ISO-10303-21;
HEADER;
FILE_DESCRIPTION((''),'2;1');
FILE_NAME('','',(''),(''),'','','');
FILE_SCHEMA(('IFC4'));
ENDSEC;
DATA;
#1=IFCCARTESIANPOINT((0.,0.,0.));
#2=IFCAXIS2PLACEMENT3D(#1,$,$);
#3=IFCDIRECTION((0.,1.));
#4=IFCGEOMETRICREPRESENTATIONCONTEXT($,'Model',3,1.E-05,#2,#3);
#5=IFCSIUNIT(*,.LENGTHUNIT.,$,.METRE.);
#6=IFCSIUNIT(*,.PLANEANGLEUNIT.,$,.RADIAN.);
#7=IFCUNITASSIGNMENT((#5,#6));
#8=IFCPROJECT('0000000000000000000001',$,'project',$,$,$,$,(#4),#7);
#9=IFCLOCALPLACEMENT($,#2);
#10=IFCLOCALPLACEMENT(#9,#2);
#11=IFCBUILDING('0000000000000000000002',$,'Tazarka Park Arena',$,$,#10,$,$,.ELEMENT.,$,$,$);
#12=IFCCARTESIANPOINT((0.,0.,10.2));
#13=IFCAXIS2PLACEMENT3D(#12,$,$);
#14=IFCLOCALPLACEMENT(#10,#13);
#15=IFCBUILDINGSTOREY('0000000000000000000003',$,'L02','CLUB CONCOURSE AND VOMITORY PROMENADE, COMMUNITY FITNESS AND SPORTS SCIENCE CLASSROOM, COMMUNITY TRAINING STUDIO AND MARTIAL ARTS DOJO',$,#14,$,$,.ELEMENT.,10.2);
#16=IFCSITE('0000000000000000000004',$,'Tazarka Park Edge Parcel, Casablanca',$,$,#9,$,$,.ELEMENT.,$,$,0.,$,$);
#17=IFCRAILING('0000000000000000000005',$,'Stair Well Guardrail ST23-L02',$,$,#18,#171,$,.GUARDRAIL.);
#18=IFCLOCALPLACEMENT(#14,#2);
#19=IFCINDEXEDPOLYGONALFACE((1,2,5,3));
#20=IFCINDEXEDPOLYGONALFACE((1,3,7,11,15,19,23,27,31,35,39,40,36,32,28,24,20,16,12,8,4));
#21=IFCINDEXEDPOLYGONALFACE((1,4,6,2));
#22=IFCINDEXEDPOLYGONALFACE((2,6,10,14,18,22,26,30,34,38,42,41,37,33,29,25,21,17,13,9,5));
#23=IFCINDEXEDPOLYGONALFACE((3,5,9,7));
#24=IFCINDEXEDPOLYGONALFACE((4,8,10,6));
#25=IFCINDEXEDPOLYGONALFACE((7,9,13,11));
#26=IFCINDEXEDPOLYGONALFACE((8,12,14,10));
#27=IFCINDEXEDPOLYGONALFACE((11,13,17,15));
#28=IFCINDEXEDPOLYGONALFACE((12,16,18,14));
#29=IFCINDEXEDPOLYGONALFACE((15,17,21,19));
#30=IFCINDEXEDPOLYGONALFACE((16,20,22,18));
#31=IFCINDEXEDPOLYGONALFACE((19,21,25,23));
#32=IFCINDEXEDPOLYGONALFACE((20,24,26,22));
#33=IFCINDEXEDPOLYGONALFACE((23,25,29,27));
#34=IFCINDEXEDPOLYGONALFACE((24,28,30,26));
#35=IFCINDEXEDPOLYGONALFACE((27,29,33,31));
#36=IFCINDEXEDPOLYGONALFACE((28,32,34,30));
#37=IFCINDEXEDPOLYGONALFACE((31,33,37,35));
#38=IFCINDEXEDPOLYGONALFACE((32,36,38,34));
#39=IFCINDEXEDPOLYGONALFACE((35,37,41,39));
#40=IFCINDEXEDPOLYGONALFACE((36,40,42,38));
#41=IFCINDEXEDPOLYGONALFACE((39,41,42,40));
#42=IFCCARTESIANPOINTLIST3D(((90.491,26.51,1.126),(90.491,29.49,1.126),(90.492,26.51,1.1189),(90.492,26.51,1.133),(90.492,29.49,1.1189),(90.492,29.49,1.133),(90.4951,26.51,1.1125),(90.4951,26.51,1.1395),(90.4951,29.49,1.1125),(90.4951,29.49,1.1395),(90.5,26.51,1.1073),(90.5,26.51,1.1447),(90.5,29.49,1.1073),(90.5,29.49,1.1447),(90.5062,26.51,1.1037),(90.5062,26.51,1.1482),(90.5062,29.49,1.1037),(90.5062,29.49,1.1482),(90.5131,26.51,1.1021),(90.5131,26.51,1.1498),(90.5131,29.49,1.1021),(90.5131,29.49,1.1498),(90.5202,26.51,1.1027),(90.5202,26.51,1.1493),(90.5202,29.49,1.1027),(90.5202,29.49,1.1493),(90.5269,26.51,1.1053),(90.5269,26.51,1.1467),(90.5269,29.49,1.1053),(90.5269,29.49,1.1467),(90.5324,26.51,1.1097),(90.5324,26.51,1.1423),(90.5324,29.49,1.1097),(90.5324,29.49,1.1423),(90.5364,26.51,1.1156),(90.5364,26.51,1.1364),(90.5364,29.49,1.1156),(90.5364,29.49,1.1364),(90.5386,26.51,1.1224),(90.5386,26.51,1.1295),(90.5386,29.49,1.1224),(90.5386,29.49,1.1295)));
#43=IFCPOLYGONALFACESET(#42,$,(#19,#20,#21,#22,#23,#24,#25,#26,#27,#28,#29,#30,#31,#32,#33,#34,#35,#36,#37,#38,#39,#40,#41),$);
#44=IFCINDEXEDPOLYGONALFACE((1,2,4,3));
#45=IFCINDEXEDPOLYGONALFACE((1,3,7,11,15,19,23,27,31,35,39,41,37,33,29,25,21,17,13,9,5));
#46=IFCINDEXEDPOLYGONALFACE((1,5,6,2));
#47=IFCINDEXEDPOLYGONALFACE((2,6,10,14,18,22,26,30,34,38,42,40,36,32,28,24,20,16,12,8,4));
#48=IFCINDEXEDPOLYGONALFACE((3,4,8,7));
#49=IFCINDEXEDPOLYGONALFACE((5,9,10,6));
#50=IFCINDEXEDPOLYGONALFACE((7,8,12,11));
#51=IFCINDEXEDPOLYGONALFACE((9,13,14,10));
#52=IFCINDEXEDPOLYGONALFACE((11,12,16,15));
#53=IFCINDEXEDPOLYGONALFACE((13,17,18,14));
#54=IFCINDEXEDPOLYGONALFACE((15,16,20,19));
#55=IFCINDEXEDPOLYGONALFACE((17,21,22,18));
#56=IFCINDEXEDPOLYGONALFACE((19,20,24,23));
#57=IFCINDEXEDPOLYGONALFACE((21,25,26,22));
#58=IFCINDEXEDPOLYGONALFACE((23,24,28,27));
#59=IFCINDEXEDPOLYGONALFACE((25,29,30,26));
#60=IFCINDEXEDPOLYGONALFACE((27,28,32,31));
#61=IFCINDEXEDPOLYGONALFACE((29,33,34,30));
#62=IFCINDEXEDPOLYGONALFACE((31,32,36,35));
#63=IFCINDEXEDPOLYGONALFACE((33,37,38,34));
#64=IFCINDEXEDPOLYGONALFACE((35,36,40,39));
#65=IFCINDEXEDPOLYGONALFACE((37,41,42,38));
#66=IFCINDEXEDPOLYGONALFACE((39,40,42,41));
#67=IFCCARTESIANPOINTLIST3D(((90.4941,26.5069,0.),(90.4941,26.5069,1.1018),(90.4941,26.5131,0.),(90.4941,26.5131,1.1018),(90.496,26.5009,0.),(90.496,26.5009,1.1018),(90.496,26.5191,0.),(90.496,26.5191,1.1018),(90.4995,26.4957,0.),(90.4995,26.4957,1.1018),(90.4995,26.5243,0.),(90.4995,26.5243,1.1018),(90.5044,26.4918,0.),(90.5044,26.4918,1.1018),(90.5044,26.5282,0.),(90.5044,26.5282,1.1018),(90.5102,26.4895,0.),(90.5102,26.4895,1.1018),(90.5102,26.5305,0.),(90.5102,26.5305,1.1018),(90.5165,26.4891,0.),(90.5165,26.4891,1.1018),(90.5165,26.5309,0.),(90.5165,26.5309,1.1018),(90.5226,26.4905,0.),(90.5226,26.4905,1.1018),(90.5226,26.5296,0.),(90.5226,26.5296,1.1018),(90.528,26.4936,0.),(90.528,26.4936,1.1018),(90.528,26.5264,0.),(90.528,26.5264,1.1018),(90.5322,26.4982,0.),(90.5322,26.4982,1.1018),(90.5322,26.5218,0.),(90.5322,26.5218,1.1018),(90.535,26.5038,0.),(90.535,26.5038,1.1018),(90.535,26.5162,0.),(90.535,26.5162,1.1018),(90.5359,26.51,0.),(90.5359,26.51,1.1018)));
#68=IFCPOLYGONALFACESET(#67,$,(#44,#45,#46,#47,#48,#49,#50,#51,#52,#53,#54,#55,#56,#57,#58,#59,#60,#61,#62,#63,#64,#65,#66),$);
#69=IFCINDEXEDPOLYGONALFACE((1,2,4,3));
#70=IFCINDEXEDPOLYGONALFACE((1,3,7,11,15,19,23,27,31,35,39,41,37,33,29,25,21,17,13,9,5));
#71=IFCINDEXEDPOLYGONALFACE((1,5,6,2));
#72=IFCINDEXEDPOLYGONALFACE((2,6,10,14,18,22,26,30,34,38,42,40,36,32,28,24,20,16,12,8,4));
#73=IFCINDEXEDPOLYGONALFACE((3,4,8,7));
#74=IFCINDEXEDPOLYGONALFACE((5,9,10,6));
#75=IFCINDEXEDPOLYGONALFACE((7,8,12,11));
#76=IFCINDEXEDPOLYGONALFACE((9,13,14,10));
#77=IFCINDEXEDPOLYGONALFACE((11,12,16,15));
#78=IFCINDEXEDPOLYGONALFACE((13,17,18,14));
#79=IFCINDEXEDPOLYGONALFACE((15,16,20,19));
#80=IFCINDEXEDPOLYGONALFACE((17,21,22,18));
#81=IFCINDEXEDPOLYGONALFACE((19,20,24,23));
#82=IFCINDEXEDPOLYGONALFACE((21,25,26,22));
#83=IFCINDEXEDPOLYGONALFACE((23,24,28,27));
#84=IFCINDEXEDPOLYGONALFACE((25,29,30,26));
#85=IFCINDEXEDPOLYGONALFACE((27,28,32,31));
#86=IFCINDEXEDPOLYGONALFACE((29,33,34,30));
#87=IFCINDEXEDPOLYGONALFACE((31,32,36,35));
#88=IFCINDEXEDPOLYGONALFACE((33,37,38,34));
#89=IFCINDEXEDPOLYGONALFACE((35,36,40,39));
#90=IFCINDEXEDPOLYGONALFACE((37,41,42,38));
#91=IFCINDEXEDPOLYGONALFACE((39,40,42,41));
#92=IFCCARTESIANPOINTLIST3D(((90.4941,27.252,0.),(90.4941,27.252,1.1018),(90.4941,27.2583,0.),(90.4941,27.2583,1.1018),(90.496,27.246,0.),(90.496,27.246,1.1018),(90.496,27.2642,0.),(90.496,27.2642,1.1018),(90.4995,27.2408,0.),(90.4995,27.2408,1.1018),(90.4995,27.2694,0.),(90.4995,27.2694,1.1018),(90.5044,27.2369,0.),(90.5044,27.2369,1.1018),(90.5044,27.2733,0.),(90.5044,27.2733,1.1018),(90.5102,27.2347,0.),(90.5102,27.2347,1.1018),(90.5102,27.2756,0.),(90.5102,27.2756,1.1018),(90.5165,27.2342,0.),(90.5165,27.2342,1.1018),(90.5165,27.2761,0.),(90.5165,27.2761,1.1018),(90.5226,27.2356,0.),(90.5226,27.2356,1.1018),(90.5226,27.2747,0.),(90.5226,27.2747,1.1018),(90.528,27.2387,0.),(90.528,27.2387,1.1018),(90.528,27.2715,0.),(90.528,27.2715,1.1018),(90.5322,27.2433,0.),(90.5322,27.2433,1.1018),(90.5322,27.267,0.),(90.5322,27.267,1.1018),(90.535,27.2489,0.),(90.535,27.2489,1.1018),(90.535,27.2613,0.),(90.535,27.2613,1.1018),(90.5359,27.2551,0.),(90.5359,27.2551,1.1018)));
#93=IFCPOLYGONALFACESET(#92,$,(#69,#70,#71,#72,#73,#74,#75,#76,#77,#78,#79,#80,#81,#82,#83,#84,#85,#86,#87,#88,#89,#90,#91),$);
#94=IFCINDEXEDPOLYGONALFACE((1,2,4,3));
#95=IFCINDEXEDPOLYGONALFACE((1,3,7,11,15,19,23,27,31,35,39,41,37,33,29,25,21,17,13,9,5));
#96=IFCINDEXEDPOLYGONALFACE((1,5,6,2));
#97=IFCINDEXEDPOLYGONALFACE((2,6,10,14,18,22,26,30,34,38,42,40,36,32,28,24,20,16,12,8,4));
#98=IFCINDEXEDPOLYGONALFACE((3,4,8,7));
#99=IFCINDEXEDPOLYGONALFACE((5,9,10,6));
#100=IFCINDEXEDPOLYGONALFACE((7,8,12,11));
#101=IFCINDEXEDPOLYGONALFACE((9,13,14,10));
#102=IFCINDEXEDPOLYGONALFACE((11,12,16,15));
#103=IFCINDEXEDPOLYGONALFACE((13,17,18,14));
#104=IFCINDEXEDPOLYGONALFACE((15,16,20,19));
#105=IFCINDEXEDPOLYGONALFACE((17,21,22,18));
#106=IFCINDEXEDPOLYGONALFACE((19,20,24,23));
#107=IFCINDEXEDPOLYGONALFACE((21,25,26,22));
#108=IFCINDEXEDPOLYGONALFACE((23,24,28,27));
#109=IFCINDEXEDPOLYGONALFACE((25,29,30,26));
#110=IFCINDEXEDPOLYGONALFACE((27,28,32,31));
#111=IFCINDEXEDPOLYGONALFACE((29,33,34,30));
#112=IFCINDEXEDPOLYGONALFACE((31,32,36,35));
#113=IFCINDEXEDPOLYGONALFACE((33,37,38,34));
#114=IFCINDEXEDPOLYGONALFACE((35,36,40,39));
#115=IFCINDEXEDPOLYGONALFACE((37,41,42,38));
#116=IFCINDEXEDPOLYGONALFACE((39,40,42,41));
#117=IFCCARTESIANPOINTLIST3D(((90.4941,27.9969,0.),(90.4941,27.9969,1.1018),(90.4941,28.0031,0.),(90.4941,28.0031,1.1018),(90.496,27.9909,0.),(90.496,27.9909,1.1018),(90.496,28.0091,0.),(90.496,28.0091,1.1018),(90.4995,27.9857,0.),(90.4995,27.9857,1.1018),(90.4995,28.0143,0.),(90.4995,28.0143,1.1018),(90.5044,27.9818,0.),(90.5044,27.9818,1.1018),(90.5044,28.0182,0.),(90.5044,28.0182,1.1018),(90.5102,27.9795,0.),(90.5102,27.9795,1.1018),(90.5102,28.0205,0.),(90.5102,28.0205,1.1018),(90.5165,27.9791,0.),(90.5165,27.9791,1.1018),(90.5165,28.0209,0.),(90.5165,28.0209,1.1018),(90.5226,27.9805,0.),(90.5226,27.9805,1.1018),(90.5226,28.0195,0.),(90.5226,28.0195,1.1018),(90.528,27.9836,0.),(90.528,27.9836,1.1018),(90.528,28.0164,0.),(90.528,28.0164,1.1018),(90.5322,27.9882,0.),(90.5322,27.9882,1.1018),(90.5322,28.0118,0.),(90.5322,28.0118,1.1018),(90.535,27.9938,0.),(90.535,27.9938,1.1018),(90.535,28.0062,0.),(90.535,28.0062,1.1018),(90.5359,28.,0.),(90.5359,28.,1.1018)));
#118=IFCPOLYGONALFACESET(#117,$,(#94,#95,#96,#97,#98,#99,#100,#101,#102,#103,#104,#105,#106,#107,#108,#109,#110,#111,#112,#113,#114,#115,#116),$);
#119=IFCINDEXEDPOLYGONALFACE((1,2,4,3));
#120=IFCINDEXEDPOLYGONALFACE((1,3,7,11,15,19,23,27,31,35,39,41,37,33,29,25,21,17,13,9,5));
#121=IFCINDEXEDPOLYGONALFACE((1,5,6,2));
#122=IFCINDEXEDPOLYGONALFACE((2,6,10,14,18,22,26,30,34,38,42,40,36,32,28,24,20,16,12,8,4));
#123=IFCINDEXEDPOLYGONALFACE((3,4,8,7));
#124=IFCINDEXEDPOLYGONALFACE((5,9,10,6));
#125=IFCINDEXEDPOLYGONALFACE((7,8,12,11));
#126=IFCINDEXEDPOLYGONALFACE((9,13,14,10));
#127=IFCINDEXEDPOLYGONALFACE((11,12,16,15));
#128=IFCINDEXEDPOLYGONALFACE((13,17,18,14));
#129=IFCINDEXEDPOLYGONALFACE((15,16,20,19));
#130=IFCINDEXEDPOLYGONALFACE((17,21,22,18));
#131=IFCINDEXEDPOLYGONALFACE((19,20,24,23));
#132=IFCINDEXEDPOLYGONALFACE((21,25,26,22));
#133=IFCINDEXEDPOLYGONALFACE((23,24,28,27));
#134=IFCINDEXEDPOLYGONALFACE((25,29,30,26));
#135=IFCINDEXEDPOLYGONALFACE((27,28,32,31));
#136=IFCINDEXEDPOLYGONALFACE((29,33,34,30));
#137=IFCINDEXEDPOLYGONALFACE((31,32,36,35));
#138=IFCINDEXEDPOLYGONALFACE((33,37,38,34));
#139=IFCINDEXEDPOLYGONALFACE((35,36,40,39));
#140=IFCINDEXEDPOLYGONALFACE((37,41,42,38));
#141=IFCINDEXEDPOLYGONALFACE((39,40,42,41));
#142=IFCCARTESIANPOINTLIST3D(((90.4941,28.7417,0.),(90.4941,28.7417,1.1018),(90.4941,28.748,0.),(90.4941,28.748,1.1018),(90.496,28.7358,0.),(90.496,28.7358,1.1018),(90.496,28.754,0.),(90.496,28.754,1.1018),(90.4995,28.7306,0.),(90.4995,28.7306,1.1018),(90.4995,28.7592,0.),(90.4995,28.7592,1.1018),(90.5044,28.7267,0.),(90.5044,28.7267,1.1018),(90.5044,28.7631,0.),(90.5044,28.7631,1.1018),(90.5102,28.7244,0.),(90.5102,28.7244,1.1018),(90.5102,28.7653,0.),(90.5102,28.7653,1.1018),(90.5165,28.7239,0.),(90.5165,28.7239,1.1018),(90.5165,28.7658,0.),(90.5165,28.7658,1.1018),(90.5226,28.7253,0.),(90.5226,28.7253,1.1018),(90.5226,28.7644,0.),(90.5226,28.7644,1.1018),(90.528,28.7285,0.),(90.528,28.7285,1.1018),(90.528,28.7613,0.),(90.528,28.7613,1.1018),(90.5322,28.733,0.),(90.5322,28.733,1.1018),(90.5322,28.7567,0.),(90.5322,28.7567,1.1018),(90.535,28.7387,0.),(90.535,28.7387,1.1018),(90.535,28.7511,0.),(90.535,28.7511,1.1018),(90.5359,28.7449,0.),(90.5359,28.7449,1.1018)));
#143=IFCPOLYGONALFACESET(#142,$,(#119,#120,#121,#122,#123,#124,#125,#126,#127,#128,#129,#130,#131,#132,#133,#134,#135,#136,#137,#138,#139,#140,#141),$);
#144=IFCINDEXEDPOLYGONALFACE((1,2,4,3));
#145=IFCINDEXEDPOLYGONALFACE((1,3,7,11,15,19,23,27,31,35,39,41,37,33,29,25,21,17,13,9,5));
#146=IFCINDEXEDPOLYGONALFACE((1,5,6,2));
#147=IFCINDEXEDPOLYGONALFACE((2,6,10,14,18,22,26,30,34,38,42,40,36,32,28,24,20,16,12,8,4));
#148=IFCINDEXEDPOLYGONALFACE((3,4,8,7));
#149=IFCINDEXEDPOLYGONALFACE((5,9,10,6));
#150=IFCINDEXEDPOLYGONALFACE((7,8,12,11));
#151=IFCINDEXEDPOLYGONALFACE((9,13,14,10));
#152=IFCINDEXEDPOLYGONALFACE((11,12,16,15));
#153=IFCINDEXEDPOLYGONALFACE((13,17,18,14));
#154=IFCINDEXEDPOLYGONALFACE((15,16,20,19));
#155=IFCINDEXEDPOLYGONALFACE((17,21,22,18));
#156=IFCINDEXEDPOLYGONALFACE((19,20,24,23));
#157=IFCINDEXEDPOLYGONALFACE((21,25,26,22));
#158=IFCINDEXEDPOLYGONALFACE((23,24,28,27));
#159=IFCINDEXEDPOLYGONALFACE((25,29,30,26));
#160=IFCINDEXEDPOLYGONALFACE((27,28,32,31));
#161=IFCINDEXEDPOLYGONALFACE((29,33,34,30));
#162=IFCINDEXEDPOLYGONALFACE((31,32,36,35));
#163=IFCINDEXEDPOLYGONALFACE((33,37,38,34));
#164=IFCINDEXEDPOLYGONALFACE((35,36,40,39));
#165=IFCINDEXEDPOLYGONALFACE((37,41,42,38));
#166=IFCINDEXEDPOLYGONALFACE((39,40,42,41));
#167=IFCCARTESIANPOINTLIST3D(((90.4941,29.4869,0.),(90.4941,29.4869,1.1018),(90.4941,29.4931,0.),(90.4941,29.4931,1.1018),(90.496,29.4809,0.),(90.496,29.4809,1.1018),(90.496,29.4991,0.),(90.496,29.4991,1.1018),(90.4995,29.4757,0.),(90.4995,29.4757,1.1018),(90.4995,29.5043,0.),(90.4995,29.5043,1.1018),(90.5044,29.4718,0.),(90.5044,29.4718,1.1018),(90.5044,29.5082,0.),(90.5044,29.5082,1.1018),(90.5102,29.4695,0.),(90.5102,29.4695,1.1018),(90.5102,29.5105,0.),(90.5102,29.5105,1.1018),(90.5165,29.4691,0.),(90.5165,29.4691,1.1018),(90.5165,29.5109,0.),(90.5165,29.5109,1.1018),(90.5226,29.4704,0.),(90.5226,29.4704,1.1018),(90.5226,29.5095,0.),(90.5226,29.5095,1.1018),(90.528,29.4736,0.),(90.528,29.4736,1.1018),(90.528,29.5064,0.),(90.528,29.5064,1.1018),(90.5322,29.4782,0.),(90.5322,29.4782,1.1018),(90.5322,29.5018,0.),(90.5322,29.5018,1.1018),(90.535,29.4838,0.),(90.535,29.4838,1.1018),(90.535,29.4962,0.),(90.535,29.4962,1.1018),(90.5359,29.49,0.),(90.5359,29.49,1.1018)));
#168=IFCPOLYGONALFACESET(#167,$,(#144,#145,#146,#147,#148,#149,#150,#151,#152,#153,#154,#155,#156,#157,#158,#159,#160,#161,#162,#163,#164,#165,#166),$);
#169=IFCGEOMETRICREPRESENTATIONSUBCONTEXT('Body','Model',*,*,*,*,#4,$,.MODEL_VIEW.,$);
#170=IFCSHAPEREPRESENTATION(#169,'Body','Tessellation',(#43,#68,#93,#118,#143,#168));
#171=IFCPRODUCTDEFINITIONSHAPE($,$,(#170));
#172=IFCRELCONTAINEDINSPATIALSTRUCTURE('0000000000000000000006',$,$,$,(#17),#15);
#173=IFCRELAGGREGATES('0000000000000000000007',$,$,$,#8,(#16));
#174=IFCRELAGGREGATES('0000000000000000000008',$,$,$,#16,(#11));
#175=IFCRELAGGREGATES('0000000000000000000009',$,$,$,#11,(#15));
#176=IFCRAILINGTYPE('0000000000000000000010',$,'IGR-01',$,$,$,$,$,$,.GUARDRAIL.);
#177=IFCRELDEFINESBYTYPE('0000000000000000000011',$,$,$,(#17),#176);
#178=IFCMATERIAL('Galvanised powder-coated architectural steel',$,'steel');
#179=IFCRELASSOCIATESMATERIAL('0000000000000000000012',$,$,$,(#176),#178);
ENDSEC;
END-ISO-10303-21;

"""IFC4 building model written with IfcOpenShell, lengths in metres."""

from ifc_helpers import new_model, si_unit, direction, frame, origin, origin_2d, place, context, subcontext, project, spatial, circle, extrude, material, type_object, element, save


model = new_model("IFC4")

# Units and contexts
model_context = context("Model", 3, precision=1e-05, world=origin(), true_north=direction((0.0, 1.0)))
body_context = subcontext(model_context, "Body", "Model", "MODEL_VIEW")
ifc_project = project(units=[si_unit("LENGTHUNIT", "METRE"), si_unit("PLANEANGLEUNIT", "RADIAN")], contexts=[model_context])

# Site, building, storey
site_placement = place(None, origin())
site = spatial("IfcSite", under=ifc_project, at=site_placement, Name="Tazarka Park Edge Parcel, Casablanca", CompositionType="ELEMENT", RefElevation=0.0)
building_placement = place(site_placement, origin())
building = spatial("IfcBuilding", under=site, at=building_placement, Name="Tazarka Park Arena", CompositionType="ELEMENT")
storey_placement = place(building_placement, frame((0.0, 0.0, 10.2)))
storey = spatial("IfcBuildingStorey", under=building, at=storey_placement, Name="L02", Description="CLUB CONCOURSE AND VOMITORY PROMENADE, COMMUNITY FITNESS AND SPORTS SCIENCE CLASSROOM, COMMUNITY TRAINING STUDIO AND MARTIAL ARTS DOJO", CompositionType="ELEMENT", Elevation=10.2)

# Railing
ifc_material_1 = material(Name="Galvanised powder-coated architectural steel", Category="steel")
railing_type_1 = type_object("IfcRailingType", Name="IGR-01", PredefinedType="GUARDRAIL", material=ifc_material_1)
for number, where, name in (
    (1, (90.5149, 26.51, 0.0), "Stair Well Guardrail ST23-L02"),
):
    element("IfcRailing", number, at=place(storey_placement, frame(where)), inside=storey, type_object=railing_type_1, Name=name, PredefinedType="GUARDRAIL", context=body_context, shape_type="SweptSolid", body=[
        extrude(circle(Radius=0.0239, at=origin_2d()), frame((0.0, 0.0, 1.126), z_axis=(0.0, 1.0, 0.0), x_axis=(-1.0, 0.0, 0.0)), (0.0, 0.0, 1.0), 2.98),
        extrude(circle(Radius=0.021, at=origin_2d()), origin(), (0.0, 0.0, 1.0), 1.1018),
        extrude(circle(Radius=0.021, at=origin_2d()), frame((0.0, 0.7451, 0.0)), (0.0, 0.0, 1.0), 1.1018),
        extrude(circle(Radius=0.021, at=origin_2d()), frame((0.0, 1.49, 0.0)), (0.0, 0.0, 1.0), 1.1018),
        extrude(circle(Radius=0.021, at=origin_2d()), frame((0.0, 2.2349, 0.0)), (0.0, 0.0, 1.0), 1.1018),
        extrude(circle(Radius=0.021, at=origin_2d()), frame((0.0, 2.98, 0.0)), (0.0, 0.0, 1.0), 1.1018),
    ])

save(model, "model.ifc")
